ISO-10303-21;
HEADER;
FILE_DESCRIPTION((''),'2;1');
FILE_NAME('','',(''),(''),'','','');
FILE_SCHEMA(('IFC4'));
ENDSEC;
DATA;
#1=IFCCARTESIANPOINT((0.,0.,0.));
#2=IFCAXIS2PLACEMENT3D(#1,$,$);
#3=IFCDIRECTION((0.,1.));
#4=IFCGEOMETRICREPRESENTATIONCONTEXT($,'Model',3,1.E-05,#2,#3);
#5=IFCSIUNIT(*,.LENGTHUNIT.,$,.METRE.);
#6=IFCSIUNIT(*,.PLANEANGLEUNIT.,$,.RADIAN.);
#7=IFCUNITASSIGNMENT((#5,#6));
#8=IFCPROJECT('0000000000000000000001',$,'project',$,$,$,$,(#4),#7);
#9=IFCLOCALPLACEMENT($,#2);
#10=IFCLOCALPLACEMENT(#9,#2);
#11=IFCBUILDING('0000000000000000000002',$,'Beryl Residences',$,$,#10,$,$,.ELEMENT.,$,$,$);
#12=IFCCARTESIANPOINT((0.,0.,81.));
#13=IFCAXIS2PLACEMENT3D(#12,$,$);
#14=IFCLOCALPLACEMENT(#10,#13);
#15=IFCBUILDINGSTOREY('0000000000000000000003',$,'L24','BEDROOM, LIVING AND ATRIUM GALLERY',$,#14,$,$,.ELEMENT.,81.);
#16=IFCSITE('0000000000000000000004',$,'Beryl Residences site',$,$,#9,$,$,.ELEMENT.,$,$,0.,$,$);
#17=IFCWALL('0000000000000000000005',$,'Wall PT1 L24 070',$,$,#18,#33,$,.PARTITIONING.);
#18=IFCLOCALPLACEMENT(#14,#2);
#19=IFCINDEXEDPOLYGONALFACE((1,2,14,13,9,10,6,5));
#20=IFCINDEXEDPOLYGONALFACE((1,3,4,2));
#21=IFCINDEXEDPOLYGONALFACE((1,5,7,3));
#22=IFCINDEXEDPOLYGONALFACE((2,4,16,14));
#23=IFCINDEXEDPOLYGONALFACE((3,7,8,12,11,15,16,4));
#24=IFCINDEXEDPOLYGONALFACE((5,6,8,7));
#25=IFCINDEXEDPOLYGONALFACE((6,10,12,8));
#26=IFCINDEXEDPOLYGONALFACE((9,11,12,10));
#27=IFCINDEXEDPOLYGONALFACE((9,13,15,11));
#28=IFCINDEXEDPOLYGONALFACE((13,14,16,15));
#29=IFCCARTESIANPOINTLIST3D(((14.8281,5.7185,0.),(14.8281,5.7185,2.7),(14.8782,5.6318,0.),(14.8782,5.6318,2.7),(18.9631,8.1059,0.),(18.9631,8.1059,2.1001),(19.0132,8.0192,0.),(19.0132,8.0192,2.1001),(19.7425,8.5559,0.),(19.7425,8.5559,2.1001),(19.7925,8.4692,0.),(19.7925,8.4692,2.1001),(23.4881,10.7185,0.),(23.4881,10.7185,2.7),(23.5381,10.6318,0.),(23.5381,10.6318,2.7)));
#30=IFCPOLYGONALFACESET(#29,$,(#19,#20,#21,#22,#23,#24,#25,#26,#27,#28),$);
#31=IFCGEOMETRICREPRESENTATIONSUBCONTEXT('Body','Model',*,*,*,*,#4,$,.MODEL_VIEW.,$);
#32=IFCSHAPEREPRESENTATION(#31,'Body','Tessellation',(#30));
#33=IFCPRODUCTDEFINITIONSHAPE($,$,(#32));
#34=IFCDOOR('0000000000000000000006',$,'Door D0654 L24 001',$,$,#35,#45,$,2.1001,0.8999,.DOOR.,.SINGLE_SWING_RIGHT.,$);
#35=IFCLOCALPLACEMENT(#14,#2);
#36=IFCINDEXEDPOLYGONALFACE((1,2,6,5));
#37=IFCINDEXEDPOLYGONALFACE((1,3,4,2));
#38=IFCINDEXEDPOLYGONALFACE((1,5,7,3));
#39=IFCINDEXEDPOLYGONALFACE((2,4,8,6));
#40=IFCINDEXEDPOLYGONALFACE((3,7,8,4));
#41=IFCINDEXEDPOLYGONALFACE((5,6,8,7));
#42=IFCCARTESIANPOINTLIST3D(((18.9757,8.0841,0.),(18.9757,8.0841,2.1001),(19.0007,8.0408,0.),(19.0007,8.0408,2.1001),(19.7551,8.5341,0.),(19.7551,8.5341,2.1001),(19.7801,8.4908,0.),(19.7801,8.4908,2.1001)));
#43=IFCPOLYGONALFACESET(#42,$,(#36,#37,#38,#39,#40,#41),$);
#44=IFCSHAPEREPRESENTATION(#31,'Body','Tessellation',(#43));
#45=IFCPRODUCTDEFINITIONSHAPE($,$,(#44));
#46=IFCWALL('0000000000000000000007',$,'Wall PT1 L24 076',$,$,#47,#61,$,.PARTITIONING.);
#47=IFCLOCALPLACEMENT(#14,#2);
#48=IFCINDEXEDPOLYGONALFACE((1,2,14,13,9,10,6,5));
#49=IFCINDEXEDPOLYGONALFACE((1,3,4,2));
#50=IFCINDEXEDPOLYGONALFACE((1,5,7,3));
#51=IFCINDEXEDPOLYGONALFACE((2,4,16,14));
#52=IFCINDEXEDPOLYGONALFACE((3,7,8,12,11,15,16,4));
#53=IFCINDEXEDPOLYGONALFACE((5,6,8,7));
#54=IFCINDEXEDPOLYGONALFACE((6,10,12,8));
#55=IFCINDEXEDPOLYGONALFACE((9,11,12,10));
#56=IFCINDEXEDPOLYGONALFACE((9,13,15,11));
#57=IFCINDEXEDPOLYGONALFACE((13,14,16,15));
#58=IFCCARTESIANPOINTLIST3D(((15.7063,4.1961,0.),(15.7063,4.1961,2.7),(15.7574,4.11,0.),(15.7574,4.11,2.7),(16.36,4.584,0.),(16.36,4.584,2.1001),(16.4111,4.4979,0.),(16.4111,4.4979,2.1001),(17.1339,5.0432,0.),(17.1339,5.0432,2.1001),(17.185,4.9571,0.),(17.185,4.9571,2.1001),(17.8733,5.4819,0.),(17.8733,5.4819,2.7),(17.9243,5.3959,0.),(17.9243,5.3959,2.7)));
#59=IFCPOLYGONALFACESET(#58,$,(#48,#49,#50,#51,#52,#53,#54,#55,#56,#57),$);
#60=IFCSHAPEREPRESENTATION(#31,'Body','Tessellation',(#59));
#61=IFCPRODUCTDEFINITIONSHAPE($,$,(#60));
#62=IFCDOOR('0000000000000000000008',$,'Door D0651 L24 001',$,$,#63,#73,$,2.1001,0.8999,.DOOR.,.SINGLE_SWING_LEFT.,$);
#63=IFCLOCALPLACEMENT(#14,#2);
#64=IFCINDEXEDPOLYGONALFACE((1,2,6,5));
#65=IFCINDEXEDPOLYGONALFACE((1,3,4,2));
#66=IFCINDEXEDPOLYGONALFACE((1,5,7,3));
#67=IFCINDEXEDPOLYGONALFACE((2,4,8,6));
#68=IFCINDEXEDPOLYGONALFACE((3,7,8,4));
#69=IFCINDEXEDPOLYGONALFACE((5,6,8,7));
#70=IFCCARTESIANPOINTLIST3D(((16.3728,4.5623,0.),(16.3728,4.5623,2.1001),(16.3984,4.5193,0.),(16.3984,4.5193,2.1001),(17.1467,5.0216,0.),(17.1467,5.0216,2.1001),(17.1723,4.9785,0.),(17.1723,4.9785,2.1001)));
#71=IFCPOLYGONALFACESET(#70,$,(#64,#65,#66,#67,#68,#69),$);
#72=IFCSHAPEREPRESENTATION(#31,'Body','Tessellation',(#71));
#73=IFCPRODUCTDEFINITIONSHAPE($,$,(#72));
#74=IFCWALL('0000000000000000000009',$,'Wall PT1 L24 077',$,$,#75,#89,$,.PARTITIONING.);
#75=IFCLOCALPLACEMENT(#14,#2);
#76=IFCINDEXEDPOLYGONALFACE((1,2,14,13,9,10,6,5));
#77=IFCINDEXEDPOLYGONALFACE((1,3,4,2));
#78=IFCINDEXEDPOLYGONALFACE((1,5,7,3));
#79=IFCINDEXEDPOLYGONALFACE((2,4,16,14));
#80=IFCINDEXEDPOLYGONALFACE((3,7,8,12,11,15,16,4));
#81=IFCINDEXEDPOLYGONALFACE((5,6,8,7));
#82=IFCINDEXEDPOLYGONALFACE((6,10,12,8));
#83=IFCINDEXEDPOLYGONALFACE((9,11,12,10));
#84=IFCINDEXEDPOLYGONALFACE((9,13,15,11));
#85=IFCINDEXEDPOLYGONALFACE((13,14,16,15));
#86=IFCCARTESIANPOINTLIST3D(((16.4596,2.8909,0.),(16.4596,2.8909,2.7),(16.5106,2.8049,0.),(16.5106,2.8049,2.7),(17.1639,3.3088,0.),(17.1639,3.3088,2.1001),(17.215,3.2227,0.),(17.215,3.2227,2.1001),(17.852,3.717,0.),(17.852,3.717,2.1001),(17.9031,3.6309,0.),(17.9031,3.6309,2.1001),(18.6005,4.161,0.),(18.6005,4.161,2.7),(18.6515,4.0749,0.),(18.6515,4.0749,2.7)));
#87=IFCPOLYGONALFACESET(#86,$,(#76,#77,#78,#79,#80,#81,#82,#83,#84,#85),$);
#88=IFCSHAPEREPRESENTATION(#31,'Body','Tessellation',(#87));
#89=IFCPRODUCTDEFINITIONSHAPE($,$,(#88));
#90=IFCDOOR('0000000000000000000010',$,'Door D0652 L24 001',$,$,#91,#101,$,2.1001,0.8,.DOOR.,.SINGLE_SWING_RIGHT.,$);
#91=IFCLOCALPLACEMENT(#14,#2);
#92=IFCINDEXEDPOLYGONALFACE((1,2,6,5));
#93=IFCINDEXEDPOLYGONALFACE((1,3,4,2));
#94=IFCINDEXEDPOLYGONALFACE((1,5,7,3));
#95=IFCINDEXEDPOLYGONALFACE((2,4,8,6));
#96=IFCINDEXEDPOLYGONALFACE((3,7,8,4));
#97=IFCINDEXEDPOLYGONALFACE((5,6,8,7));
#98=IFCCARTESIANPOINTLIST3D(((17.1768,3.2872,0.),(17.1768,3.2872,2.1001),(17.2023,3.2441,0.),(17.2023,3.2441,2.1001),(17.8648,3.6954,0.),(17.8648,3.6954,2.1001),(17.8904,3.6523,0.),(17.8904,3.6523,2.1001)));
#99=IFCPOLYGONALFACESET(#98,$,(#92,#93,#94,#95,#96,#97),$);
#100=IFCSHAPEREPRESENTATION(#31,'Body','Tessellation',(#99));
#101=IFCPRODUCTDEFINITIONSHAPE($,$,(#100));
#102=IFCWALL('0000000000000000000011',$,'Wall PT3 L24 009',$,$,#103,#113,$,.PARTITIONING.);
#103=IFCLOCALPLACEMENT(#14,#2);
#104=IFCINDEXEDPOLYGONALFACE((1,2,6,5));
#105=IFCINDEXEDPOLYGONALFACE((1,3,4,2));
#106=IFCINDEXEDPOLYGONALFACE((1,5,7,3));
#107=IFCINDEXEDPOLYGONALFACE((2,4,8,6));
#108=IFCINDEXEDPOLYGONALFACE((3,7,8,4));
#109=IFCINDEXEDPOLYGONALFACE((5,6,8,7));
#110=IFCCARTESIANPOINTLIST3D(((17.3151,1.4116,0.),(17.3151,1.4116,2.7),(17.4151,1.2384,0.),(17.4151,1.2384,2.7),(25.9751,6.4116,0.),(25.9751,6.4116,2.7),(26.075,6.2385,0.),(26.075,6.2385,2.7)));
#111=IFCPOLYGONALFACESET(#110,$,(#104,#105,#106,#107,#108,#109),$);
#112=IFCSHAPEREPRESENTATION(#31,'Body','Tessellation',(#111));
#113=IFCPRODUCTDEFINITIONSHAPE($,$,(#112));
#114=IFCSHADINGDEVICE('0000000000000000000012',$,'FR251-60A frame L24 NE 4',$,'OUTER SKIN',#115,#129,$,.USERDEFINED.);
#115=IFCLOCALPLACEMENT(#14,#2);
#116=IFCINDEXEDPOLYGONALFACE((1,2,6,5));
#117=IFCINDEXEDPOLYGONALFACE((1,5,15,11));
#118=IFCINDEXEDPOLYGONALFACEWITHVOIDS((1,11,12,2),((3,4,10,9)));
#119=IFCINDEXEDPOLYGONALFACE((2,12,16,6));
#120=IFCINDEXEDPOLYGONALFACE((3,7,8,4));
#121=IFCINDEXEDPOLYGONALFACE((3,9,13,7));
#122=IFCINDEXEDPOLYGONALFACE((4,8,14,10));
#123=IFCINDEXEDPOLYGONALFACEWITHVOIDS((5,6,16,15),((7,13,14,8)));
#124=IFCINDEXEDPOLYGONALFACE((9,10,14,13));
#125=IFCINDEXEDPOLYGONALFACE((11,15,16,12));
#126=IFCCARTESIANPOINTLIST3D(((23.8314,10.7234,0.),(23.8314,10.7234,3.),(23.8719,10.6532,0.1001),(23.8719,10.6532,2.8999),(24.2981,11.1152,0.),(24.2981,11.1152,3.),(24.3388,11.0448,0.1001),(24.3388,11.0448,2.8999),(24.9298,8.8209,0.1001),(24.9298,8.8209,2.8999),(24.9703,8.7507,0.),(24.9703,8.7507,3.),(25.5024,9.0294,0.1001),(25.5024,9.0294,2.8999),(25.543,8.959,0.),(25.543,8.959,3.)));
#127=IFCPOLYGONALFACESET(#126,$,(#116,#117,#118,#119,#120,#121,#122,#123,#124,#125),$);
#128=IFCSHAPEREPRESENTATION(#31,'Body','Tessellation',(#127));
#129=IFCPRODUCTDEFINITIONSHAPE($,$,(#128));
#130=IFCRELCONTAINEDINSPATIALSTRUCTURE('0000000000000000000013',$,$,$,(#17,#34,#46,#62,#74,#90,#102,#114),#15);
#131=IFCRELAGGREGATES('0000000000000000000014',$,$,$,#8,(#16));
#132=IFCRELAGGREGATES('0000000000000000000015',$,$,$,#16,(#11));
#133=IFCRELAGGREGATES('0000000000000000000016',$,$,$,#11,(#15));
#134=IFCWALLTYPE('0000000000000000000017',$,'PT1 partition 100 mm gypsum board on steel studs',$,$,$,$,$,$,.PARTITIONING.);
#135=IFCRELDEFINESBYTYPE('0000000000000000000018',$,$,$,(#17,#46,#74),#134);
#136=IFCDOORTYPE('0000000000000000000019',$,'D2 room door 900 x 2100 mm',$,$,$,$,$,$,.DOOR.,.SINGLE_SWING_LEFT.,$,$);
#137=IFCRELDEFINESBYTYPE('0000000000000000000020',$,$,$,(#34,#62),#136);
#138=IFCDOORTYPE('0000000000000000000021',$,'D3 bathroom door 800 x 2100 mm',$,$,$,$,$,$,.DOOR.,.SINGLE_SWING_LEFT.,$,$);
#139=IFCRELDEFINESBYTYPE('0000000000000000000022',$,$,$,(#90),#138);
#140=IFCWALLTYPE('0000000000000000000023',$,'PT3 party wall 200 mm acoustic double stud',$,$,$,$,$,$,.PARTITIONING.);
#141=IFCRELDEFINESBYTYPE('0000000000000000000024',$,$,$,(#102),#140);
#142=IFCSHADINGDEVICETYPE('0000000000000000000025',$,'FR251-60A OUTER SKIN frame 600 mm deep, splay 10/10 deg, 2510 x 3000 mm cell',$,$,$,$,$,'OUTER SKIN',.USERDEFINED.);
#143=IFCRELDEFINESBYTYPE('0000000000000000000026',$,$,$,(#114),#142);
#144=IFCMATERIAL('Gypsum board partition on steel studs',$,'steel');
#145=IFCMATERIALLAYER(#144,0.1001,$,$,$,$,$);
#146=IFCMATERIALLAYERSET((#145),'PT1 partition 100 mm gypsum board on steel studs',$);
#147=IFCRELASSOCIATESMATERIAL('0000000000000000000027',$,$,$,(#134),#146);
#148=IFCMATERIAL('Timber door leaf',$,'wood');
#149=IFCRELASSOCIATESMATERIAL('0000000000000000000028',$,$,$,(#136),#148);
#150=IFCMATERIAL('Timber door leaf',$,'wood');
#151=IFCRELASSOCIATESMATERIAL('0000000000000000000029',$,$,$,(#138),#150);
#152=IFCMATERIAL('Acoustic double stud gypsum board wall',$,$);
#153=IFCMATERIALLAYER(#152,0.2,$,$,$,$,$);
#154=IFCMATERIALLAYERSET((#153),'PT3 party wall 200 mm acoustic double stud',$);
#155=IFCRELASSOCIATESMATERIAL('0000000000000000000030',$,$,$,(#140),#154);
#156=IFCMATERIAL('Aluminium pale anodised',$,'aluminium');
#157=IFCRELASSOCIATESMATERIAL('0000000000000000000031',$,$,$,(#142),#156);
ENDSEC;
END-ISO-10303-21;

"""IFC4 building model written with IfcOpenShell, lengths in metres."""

from ifc_helpers import new_model, entity, si_unit, direction, frame, frame_2d, origin, place, context, subcontext, project, spatial, rectangle, extrude, source, transform, mapped, material, layer, layer_set, type_object, type_shapes, element, fill, save


model = new_model("IFC4")

# Units and contexts
model_context = context("Model", 3, precision=1e-05, world=origin(), true_north=direction((0.0, 1.0)))
body_context = subcontext(model_context, "Body", "Model", "MODEL_VIEW")
ifc_project = project(units=[si_unit("LENGTHUNIT", "METRE"), si_unit("PLANEANGLEUNIT", "RADIAN")], contexts=[model_context])

# Site, building, storey
site_placement = place(None, origin())
site = spatial("IfcSite", under=ifc_project, at=site_placement, Name="Beryl Residences site", CompositionType="ELEMENT", RefElevation=0.0)
building_placement = place(site_placement, origin())
building = spatial("IfcBuilding", under=site, at=building_placement, Name="Beryl Residences", CompositionType="ELEMENT")
storey_placement = place(building_placement, frame((0.0, 0.0, 81.0)))
storey = spatial("IfcBuildingStorey", under=building, at=storey_placement, Name="L24", Description="BEDROOM, LIVING AND ATRIUM GALLERY", CompositionType="ELEMENT", Elevation=81.0)

# Shared definitions
ifc_material_1 = material(Name="Gypsum board partition on steel studs", Category="steel")
ifc_layer_1 = layer(ifc_material_1, 0.1001)
ifc_layer_set_1 = layer_set([ifc_layer_1], Name="PT1 partition 100 mm gypsum board on steel studs")
wall_type_1 = type_object("IfcWallType", Name="PT1 partition 100 mm gypsum board on steel studs", PredefinedType="PARTITIONING", material=ifc_layer_set_1)

# Walls, openings, doors
ifc_material_2 = material(Name="Timber door leaf", Category="wood")
door_type_1 = type_object("IfcDoorType", Name="D2 room door 900 x 2100 mm", OperationType="SINGLE_SWING_LEFT", PredefinedType="DOOR", material=ifc_material_2)
ifc_material_3 = material(Name="Timber door leaf", Category="wood")
door_type_2 = type_object("IfcDoorType", Name="D3 bathroom door 800 x 2100 mm", OperationType="SINGLE_SWING_LEFT", PredefinedType="DOOR", material=ifc_material_3)
wall_1_placement = place(storey_placement, frame((14.853, 5.675, 0.0), z_axis=(0.0, 0.0, 1.0), x_axis=(0.866017, 0.500015, 0.0)))
wall_1 = element("IfcWall", 1, at=wall_1_placement, inside=storey, type_object=wall_type_1, Name="Wall PT1 L24 070", PredefinedType="PARTITIONING", context=body_context, shape_type="SweptSolid", body=[
    extrude(rectangle(XDim=9.9998, YDim=0.1001, at=frame_2d((5.0, 0.0))), origin(), (0.0, 0.0, 1.0), 2.7),
])
opening_1_placement = place(wall_1_placement, frame((4.7749, 0.0, 0.0)))
opening_1 = element("IfcOpeningElement", 2, at=opening_1_placement, cuts=wall_1, PredefinedType="OPENING", context=body_context, shape_type="SweptSolid", body=[
    extrude(rectangle(XDim=0.8999, YDim=2.1001, at=frame_2d((0.45, 1.05))), frame((0.0, 0.0601, 0.0), z_axis=(0.0, -1.0, 0.0), x_axis=(1.0, 0.0, 0.0)), (0.0, 0.0, 1.0), 0.1201),
])
door_1_placement = place(opening_1_placement, origin())
door_1 = element("IfcDoor", 3, at=door_1_placement, inside=storey, type_object=door_type_1, Name="Door D0654 L24 001", OperationType="SINGLE_SWING_RIGHT", OverallHeight=2.1001, OverallWidth=0.8999, PredefinedType="DOOR", context=body_context, shape_type="SweptSolid", body=[
    extrude(rectangle(XDim=0.8999, YDim=2.1001, at=frame_2d((0.45, 1.05))), frame((0.0, 0.0249, 0.0), z_axis=(0.0, -1.0, 0.0), x_axis=(1.0, 0.0, 0.0)), (0.0, 0.0, 1.0), 0.05),
])
fill(opening_1, door_1)
wall_2_placement = place(storey_placement, frame((15.7319, 4.1531, 0.0), z_axis=(0.0, 0.0, 1.0), x_axis=(0.859988, 0.510315, 0.0)))
wall_2 = element("IfcWall", 4, at=wall_2_placement, inside=storey, type_object=wall_type_1, Name="Wall PT1 L24 076", PredefinedType="PARTITIONING", context=body_context, shape_type="SweptSolid", body=[
    extrude(rectangle(XDim=2.5198, YDim=0.1001, at=frame_2d((1.2598, 0.0))), origin(), (0.0, 0.0, 1.0), 2.7),
])
opening_2_placement = place(wall_2_placement, frame((0.76, 0.0, 0.0)))
opening_2 = element("IfcOpeningElement", 5, at=opening_2_placement, cuts=wall_2, PredefinedType="OPENING", context=body_context, shape_type="SweptSolid", body=[
    extrude(rectangle(XDim=0.8999, YDim=2.1001, at=frame_2d((0.45, 1.05))), frame((0.0, 0.0601, 0.0), z_axis=(0.0, -1.0, 0.0), x_axis=(1.0, 0.0, 0.0)), (0.0, 0.0, 1.0), 0.1201),
])
door_2_placement = place(opening_2_placement, origin())
door_2 = element("IfcDoor", 6, at=door_2_placement, inside=storey, type_object=door_type_1, Name="Door D0651 L24 001", OperationType="SINGLE_SWING_LEFT", OverallHeight=2.1001, OverallWidth=0.8999, PredefinedType="DOOR", context=body_context, shape_type="SweptSolid", body=[
    extrude(rectangle(XDim=0.8999, YDim=2.1001, at=frame_2d((0.45, 1.05))), frame((0.0, 0.0249, 0.0), z_axis=(0.0, -1.0, 0.0), x_axis=(1.0, 0.0, 0.0)), (0.0, 0.0, 1.0), 0.05),
])
fill(opening_2, door_2)
wall_3_placement = place(storey_placement, frame((16.4851, 2.8479, 0.0), z_axis=(0.0, 0.0, 1.0), x_axis=(0.860052, 0.510206, 0.0)))
wall_3 = element("IfcWall", 7, at=wall_3_placement, inside=storey, type_object=wall_type_1, Name="Wall PT1 L24 077", PredefinedType="PARTITIONING", context=body_context, shape_type="SweptSolid", body=[
    extrude(rectangle(XDim=2.4893, YDim=0.1001, at=frame_2d((1.2446, 0.0))), origin(), (0.0, 0.0, 1.0), 2.7),
])
opening_3_placement = place(wall_3_placement, frame((0.8191, 0.0, 0.0)))
opening_3 = element("IfcOpeningElement", 8, at=opening_3_placement, cuts=wall_3, PredefinedType="OPENING", context=body_context, shape_type="SweptSolid", body=[
    extrude(rectangle(XDim=0.8, YDim=2.1001, at=frame_2d((0.3999, 1.05))), frame((0.0, 0.0601, 0.0), z_axis=(0.0, -1.0, 0.0), x_axis=(1.0, 0.0, 0.0)), (0.0, 0.0, 1.0), 0.1201),
])
door_3_placement = place(opening_3_placement, origin())
door_3 = element("IfcDoor", 9, at=door_3_placement, inside=storey, type_object=door_type_2, Name="Door D0652 L24 001", OperationType="SINGLE_SWING_RIGHT", OverallHeight=2.1001, OverallWidth=0.8, PredefinedType="DOOR", context=body_context, shape_type="SweptSolid", body=[
    extrude(rectangle(XDim=0.8, YDim=2.1001, at=frame_2d((0.3999, 1.05))), frame((0.0, 0.0249, 0.0), z_axis=(0.0, -1.0, 0.0), x_axis=(1.0, 0.0, 0.0)), (0.0, 0.0, 1.0), 0.05),
])
fill(opening_3, door_3)

# Wall
ifc_material_4 = material(Name="Acoustic double stud gypsum board wall")
ifc_layer_2 = layer(ifc_material_4, 0.2)
ifc_layer_set_2 = layer_set([ifc_layer_2], Name="PT3 party wall 200 mm acoustic double stud")
wall_type_2 = type_object("IfcWallType", Name="PT3 party wall 200 mm acoustic double stud", PredefinedType="PARTITIONING", material=ifc_layer_set_2)
wall_4_placement = place(storey_placement, frame((17.365, 1.325, 0.0), z_axis=(0.0, 0.0, 1.0), x_axis=(0.866017, 0.500015, 0.0)))
element("IfcWall", 10, at=wall_4_placement, inside=storey, type_object=wall_type_2, Name="Wall PT3 L24 009", PredefinedType="PARTITIONING", context=body_context, shape_type="SweptSolid", body=[
    extrude(rectangle(XDim=9.9998, YDim=0.2, at=frame_2d((5.0, 0.0))), origin(), (0.0, 0.0, 1.0), 2.7),
])

# Shading device
ifc_material_5 = material(Name="Aluminium pale anodised", Category="aluminium")
shading_device_type = type_object("IfcShadingDeviceType", Name="FR251-60A OUTER SKIN frame 600 mm deep, splay 10/10 deg, 2510 x 3000 mm cell", ElementType="OUTER SKIN", PredefinedType="USERDEFINED", material=ifc_material_5)
cartesian_point_1 = entity("IfcCartesianPoint", [-1.1389, 0.0])
cartesian_point_2 = entity("IfcCartesianPoint", [-1.0579, 0.1001])
cartesian_point_3 = entity("IfcCartesianPoint", [-1.2449, 0.0])
cartesian_point_4 = entity("IfcCartesianPoint", [-1.1636, 0.1001])
shared_shape = source(origin(), body_context, "Body", "SweptSolid", [
    entity("IfcExtrudedAreaSolidTapered", entity("IfcArbitraryProfileDefWithVoids", "AREA", None, entity("IfcPolyline", [cartesian_point_1, entity("IfcCartesianPoint", [1.1389, 0.0]), entity("IfcCartesianPoint", [1.1389, 3.0]), entity("IfcCartesianPoint", [-1.1389, 3.0]), cartesian_point_1]), [entity("IfcPolyline", [cartesian_point_2, entity("IfcCartesianPoint", [1.0579, 0.1001]), entity("IfcCartesianPoint", [1.0579, 2.8999]), entity("IfcCartesianPoint", [-1.0579, 2.8999]), cartesian_point_2])]), entity("IfcAxis2Placement3D", entity("IfcCartesianPoint", [0.0, 0.0, 0.0]), entity("IfcDirection", [0.0, 1.0, 0.0]), entity("IfcDirection", [-1.0, 0.0, 0.0])), entity("IfcDirection", [0.0, 0.0, 1.0]), 0.6001, entity("IfcArbitraryProfileDefWithVoids", "AREA", None, entity("IfcPolyline", [cartesian_point_3, entity("IfcCartesianPoint", [1.2449, 0.0]), entity("IfcCartesianPoint", [1.2449, 3.0]), entity("IfcCartesianPoint", [-1.2449, 3.0]), cartesian_point_3]), [entity("IfcPolyline", [cartesian_point_4, entity("IfcCartesianPoint", [1.1636, 0.1001]), entity("IfcCartesianPoint", [1.1636, 2.8999]), entity("IfcCartesianPoint", [-1.1636, 2.8999]), cartesian_point_4])])),
])
type_shapes(shading_device_type, [shared_shape])
shading_device_placement = place(storey_placement, frame((24.4009, 9.7371, 0.0), z_axis=(0.0, 0.0, 1.0), x_axis=(0.5, -0.866025, 0.0)))
element("IfcShadingDevice", 11, at=shading_device_placement, inside=storey, type_object=shading_device_type, Name="FR251-60A frame L24 NE 4", ObjectType="OUTER SKIN", PredefinedType="USERDEFINED", context=body_context, shape_type="MappedRepresentation", body=[
    mapped(shared_shape, transform((0.0, 0.0, 0.0))),
])

save(model, "model.ifc")
